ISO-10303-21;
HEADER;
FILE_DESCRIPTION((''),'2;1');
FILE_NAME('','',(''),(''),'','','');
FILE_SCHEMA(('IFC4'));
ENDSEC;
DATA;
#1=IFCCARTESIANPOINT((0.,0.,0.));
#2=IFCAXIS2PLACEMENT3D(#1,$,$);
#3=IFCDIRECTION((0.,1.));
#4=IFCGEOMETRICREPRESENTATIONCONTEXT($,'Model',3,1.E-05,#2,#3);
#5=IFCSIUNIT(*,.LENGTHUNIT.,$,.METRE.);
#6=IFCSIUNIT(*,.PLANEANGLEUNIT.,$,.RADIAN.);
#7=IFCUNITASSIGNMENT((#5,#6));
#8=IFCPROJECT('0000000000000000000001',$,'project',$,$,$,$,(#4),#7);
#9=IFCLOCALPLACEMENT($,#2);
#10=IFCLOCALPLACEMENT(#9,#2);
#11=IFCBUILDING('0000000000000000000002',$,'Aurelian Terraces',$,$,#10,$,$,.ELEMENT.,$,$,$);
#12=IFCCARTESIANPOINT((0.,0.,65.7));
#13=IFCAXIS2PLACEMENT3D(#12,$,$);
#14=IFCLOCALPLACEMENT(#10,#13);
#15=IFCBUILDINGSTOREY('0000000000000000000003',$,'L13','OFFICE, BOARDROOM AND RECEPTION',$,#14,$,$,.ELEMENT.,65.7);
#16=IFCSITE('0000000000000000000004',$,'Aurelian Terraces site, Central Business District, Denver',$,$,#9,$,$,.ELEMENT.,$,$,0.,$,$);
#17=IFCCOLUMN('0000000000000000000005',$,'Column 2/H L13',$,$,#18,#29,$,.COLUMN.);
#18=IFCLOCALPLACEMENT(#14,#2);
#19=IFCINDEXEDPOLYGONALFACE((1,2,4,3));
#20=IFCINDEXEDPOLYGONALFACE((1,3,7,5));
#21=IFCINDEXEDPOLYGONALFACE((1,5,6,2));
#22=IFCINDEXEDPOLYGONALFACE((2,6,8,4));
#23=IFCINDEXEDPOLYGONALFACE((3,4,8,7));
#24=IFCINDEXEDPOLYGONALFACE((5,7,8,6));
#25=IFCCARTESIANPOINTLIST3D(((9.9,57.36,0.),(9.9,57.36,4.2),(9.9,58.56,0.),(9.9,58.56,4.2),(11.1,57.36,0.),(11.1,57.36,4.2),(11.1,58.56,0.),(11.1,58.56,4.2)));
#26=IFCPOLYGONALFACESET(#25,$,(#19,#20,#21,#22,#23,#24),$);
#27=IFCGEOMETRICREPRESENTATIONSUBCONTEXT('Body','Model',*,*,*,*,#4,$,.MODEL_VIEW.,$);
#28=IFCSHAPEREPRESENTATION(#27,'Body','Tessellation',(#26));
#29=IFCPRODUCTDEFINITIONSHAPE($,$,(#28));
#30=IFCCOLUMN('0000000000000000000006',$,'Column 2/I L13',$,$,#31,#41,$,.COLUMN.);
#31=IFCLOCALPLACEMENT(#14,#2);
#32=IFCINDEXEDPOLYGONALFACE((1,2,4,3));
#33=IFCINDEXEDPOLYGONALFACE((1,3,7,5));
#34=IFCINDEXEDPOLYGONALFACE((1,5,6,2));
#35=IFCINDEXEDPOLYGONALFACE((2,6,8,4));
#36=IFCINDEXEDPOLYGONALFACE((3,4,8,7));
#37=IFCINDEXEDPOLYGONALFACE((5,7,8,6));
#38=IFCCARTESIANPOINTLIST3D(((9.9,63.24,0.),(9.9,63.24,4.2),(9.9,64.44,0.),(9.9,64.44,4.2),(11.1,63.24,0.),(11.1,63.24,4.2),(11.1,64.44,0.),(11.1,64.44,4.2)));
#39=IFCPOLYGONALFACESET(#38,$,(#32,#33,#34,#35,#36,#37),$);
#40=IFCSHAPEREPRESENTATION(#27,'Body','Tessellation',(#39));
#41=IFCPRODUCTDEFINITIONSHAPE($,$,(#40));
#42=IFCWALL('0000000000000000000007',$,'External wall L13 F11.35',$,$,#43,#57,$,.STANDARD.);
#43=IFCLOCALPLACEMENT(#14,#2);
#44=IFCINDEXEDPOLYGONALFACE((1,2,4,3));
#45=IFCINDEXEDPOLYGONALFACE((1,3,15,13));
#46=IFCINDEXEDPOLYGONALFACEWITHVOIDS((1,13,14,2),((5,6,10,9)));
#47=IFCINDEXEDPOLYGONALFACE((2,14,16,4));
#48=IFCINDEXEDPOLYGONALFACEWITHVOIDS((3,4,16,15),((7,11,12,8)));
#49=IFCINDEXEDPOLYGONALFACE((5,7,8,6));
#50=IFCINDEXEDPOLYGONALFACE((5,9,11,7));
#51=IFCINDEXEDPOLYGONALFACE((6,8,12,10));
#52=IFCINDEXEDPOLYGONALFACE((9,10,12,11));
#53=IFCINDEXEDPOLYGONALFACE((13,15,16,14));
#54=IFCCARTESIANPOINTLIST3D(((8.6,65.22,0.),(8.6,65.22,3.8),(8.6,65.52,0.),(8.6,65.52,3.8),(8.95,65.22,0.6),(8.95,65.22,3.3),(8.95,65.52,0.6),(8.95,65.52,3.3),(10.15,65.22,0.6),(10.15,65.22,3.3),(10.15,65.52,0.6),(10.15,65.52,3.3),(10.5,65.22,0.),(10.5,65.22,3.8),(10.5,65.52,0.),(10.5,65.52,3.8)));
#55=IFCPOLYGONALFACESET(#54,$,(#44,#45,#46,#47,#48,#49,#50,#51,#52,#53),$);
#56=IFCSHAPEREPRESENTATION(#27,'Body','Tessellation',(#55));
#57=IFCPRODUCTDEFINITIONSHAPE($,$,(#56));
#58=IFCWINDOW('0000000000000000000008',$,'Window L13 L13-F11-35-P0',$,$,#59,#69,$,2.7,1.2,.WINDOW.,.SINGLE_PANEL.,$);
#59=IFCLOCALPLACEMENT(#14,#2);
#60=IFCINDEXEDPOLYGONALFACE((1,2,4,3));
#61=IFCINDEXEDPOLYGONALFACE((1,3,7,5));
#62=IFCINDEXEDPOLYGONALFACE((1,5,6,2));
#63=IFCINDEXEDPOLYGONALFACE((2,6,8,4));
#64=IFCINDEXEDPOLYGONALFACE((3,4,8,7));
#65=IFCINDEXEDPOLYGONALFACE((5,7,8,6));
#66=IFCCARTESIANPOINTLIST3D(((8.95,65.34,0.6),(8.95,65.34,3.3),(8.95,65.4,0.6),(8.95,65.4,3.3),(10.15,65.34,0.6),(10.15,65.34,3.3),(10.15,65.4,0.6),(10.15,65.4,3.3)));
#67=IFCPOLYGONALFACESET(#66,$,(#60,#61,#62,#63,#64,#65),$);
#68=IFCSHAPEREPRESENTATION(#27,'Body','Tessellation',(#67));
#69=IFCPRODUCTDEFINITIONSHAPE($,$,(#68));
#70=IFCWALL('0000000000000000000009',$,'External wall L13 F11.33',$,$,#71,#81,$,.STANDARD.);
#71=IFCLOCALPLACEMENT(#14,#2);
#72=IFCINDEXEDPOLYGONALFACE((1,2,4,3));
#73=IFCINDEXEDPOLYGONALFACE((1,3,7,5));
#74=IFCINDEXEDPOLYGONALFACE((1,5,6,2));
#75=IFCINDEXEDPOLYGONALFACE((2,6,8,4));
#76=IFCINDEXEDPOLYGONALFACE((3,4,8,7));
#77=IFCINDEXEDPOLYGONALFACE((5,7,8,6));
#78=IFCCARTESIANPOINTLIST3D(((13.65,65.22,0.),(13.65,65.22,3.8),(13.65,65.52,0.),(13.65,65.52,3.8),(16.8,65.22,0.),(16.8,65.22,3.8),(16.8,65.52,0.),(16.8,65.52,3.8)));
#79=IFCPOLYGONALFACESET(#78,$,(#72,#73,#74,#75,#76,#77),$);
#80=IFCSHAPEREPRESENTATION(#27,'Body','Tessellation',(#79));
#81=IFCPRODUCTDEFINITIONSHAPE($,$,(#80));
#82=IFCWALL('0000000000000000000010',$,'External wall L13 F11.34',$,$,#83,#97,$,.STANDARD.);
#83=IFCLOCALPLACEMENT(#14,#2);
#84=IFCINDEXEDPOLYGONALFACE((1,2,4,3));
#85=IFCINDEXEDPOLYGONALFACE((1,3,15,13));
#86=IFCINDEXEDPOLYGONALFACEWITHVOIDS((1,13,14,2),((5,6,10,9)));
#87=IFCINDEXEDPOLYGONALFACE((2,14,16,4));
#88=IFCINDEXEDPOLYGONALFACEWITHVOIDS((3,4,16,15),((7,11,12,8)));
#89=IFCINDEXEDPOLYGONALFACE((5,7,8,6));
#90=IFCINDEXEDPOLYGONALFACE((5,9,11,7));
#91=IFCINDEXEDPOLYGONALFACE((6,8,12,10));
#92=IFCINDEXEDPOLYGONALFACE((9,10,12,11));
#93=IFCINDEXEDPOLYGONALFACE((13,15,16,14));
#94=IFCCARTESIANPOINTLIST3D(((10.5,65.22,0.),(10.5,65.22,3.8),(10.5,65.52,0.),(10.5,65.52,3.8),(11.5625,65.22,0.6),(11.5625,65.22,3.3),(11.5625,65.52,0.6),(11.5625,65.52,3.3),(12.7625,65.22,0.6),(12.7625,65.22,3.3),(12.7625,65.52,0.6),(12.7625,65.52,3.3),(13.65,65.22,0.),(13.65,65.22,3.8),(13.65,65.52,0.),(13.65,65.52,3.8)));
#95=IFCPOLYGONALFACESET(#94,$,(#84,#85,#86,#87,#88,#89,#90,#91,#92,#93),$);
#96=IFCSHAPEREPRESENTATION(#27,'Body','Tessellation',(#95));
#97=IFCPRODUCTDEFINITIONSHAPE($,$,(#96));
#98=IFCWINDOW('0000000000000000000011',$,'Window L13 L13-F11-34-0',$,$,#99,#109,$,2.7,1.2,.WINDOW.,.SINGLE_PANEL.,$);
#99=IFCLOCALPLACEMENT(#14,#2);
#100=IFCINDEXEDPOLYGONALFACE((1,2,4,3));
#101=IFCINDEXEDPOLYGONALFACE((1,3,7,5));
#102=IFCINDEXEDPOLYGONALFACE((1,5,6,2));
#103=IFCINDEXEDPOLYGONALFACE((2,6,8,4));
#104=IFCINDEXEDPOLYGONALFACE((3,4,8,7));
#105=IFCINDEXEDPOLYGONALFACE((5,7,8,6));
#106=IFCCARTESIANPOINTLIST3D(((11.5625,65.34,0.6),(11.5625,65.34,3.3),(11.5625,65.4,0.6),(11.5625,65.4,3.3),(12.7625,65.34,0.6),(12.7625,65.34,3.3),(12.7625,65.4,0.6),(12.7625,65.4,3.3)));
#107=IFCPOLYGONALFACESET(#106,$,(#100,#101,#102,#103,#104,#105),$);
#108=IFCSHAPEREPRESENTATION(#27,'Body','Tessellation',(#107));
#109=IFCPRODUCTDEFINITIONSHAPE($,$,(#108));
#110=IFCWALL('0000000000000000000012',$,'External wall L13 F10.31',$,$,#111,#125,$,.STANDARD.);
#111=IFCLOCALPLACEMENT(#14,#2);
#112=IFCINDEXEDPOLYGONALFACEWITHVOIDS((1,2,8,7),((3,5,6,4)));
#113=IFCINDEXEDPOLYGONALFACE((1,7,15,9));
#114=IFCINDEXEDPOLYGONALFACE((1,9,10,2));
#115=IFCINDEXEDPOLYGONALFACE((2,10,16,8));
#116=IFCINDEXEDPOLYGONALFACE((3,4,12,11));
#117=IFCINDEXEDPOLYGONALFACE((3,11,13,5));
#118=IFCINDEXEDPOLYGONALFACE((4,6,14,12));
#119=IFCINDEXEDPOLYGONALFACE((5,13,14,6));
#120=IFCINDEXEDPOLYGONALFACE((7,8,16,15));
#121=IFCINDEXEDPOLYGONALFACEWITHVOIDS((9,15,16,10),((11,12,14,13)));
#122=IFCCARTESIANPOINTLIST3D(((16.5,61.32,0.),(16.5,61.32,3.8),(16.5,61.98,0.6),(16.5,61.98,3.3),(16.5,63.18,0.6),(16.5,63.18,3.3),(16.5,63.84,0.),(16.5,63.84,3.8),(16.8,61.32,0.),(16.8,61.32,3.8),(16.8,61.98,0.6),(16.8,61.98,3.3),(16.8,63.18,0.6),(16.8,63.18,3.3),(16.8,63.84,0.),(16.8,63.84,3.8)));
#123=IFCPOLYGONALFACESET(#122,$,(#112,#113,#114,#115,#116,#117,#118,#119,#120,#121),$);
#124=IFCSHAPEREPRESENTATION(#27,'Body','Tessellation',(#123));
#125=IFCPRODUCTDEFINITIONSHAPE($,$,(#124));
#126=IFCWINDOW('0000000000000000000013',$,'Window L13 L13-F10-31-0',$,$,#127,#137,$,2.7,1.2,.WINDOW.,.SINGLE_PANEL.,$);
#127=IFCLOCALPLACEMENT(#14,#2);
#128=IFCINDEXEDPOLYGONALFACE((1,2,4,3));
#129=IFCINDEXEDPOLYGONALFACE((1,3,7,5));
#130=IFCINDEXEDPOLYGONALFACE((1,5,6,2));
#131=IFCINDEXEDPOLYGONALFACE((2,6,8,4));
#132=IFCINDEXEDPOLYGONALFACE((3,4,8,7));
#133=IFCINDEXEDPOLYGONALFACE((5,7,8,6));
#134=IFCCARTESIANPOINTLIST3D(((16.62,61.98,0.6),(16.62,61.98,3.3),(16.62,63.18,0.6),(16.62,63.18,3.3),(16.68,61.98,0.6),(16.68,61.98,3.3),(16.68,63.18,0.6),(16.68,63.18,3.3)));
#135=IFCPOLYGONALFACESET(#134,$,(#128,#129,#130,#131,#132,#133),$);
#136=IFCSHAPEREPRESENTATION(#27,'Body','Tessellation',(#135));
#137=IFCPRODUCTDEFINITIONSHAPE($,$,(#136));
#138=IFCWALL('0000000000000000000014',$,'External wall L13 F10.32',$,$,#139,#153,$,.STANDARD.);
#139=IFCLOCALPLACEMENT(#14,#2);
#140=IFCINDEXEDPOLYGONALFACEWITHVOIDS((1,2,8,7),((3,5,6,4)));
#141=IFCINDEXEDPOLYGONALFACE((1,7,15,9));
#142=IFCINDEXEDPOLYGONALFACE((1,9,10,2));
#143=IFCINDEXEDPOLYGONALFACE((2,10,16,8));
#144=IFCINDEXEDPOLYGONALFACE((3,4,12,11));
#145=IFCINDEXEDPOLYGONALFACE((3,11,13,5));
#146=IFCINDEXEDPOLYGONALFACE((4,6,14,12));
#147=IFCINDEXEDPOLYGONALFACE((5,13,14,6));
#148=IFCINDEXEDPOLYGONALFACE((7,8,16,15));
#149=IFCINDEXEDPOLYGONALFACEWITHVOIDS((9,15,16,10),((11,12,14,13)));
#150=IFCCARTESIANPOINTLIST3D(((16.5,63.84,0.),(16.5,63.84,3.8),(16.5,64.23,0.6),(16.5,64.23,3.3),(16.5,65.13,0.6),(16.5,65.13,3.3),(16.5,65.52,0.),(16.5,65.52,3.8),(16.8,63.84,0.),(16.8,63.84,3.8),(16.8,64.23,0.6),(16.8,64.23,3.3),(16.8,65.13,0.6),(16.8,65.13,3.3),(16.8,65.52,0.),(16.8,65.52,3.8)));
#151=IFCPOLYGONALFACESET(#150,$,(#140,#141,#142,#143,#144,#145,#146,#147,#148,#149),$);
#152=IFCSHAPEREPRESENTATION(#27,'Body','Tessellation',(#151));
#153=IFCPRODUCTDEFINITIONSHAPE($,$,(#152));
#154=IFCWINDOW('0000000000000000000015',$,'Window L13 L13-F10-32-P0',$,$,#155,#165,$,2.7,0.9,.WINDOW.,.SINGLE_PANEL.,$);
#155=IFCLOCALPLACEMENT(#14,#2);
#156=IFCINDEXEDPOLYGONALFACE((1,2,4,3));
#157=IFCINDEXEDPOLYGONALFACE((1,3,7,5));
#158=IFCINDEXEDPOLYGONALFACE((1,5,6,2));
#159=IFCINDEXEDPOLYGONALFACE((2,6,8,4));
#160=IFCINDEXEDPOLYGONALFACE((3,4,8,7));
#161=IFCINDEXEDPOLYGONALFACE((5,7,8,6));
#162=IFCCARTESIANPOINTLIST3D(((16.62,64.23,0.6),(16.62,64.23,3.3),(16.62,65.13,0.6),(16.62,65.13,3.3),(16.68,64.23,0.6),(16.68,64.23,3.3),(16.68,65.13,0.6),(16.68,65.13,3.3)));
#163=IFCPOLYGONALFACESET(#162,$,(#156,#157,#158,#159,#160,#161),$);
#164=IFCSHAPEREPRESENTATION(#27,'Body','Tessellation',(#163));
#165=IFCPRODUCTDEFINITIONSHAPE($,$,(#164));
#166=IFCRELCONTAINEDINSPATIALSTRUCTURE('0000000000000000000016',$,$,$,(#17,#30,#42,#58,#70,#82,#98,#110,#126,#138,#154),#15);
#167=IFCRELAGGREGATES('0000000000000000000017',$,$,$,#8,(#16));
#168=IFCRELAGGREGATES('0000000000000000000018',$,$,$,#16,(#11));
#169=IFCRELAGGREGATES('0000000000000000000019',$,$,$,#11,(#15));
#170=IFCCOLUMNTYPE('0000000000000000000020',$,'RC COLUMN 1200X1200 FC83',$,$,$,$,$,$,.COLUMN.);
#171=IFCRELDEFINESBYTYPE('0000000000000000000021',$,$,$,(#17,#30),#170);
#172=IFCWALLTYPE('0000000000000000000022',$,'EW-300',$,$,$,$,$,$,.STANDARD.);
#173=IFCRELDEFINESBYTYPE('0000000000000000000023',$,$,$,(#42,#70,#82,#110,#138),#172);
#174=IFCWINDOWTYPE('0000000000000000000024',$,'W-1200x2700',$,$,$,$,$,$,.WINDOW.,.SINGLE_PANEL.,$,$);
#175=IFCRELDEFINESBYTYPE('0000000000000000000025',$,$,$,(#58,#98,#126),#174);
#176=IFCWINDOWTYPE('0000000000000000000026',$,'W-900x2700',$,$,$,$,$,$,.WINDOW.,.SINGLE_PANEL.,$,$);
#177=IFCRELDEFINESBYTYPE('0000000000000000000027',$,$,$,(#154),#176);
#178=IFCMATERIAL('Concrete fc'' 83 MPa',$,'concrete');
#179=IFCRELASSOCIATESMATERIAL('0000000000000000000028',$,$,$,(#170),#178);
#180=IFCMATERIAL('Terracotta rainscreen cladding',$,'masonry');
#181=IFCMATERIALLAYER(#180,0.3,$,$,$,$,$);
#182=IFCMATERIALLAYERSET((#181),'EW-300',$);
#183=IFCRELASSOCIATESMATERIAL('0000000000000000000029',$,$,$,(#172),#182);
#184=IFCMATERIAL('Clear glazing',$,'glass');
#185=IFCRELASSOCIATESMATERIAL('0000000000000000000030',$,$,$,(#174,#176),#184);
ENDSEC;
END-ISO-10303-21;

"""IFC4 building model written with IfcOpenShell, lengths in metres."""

from ifc_helpers import new_model, si_unit, direction, frame, frame_2d, origin, origin_2d, place, context, subcontext, project, spatial, rectangle, extrude, source, transform, mapped, material, layer, layer_set, material_profile, profile_set, type_object, element, fill, save


model = new_model("IFC4")

# Units and contexts
model_context = context("Model", 3, precision=1e-05, world=origin(), true_north=direction((0.0, 1.0)))
body_context = subcontext(model_context, "Body", "Model", "MODEL_VIEW")
ifc_project = project(units=[si_unit("LENGTHUNIT", "METRE"), si_unit("PLANEANGLEUNIT", "RADIAN")], contexts=[model_context])

# Site, building, storey
site_placement = place(None, origin())
site = spatial("IfcSite", under=ifc_project, at=site_placement, Name="Aurelian Terraces site, Central Business District, Denver", CompositionType="ELEMENT", RefElevation=0.0)
building_placement = place(site_placement, origin())
building = spatial("IfcBuilding", under=site, at=building_placement, Name="Aurelian Terraces", CompositionType="ELEMENT")
storey_placement = place(building_placement, frame((0.0, 0.0, 65.7)))
storey = spatial("IfcBuildingStorey", under=building, at=storey_placement, Name="L13", Description="OFFICE, BOARDROOM AND RECEPTION", CompositionType="ELEMENT", Elevation=65.7)

# Columns
ifc_material_1 = material(Name="Concrete fc' 83 MPa", Category="concrete")
ifc_material_profile = material_profile(ifc_material_1, rectangle(XDim=1.2, YDim=1.2, at=origin_2d()))
ifc_profile_set = profile_set([ifc_material_profile], Name="Concrete fc' 83 MPa")
column_type = type_object("IfcColumnType", Name="RC COLUMN 1200X1200 FC83", PredefinedType="COLUMN", material=ifc_profile_set)
shared_shape_1 = source(origin(), body_context, "Body", "SweptSolid", [
    extrude(rectangle(XDim=1.2, YDim=1.2, at=origin_2d()), origin(), (0.0, 0.0, 1.0), 4.2),
])
for number, where, z_axis, x_axis, name in (
    (1, (10.5, 57.96, 0.0), (0.0, 0.0, 1.0), (1.0, 0.0, 0.0), "Column 2/H L13"),
    (2, (10.5, 63.84, 0.0), (0.0, 0.0, 1.0), (1.0, 0.0, 0.0), "Column 2/I L13"),
):
    element("IfcColumn", number, at=place(storey_placement, frame(where, z_axis=z_axis, x_axis=x_axis)), inside=storey, type_object=column_type, Name=name, PredefinedType="COLUMN", context=body_context, shape_type="MappedRepresentation", body=[
        mapped(shared_shape_1, transform((0.0, 0.0, 0.0), scale=1.0)),
    ])

# Wall, opening, window
ifc_material_2 = material(Name="Terracotta rainscreen cladding", Category="masonry")
ifc_layer_1 = layer(ifc_material_2, 0.3)
ifc_layer_set_1 = layer_set([ifc_layer_1], Name="EW-300")
wall_type_1 = type_object("IfcWallType", Name="EW-300", PredefinedType="STANDARD", material=ifc_layer_set_1)
wall_1_placement = place(storey_placement, frame((10.5, 65.37, 0.0), z_axis=(0.0, 0.0, 1.0), x_axis=(-1.0, 0.0, 0.0)))
wall_1 = element("IfcWall", 3, at=wall_1_placement, inside=storey, type_object=wall_type_1, Name="External wall L13 F11.35", PredefinedType="STANDARD", context=body_context, shape_type="SweptSolid", body=[
    extrude(rectangle(XDim=1.9, YDim=0.3, at=frame_2d((0.95, 0.0))), origin(), (0.0, 0.0, 1.0), 3.8),
])
shared_shape_2 = source(origin(), body_context, "Body", "SweptSolid", [
    extrude(rectangle(XDim=1.2, YDim=2.7, at=frame_2d((0.6, 1.35))), frame((0.0, 0.16, 0.0), z_axis=(0.0, -1.0, 0.0), x_axis=(1.0, 0.0, 0.0)), (0.0, 0.0, 1.0), 0.32),
])
opening_1_placement = place(wall_1_placement, frame((0.35, 0.0, 0.6)))
opening_1 = element("IfcOpeningElement", 4, at=opening_1_placement, cuts=wall_1, PredefinedType="OPENING", context=body_context, shape_type="MappedRepresentation", body=[
    mapped(shared_shape_2, transform((0.0, 0.0, 0.0), scale=1.0)),
])
ifc_material_3 = material(Name="Clear glazing", Category="glass")
window_type_1 = type_object("IfcWindowType", Name="W-1200x2700", PartitioningType="SINGLE_PANEL", PredefinedType="WINDOW", material=ifc_material_3)
shared_shape_3 = source(origin(), body_context, "Body", "SweptSolid", [
    extrude(rectangle(XDim=1.2, YDim=2.7, at=frame_2d((0.6, 1.35))), frame((0.0, 0.03, 0.0), z_axis=(0.0, -1.0, 0.0), x_axis=(1.0, 0.0, 0.0)), (0.0, 0.0, 1.0), 0.06),
])
window_1_placement = place(opening_1_placement, origin())
window_1 = element("IfcWindow", 5, at=window_1_placement, inside=storey, type_object=window_type_1, Name="Window L13 L13-F11-35-P0", OverallHeight=2.7, OverallWidth=1.2, PartitioningType="SINGLE_PANEL", PredefinedType="WINDOW", context=body_context, shape_type="MappedRepresentation", body=[
    mapped(shared_shape_3, transform((0.0, 0.0, 0.0), scale=1.0)),
])
fill(opening_1, window_1)

# Wall
shared_shape_4 = source(origin(), body_context, "Body", "SweptSolid", [
    extrude(rectangle(XDim=3.15, YDim=0.3, at=frame_2d((1.575, 0.0))), origin(), (0.0, 0.0, 1.0), 3.8),
])
wall_2_placement = place(storey_placement, frame((16.8, 65.37, 0.0), z_axis=(0.0, 0.0, 1.0), x_axis=(-1.0, 0.0, 0.0)))
element("IfcWall", 6, at=wall_2_placement, inside=storey, type_object=wall_type_1, Name="External wall L13 F11.33", PredefinedType="STANDARD", context=body_context, shape_type="MappedRepresentation", body=[
    mapped(shared_shape_4, transform((0.0, 0.0, 0.0), scale=1.0)),
])

# Walls, openings, windows
wall_3_placement = place(storey_placement, frame((13.65, 65.37, 0.0), z_axis=(0.0, 0.0, 1.0), x_axis=(-1.0, 0.0, 0.0)))
wall_3 = element("IfcWall", 7, at=wall_3_placement, inside=storey, type_object=wall_type_1, Name="External wall L13 F11.34", PredefinedType="STANDARD", context=body_context, shape_type="MappedRepresentation", body=[
    mapped(shared_shape_4, transform((0.0, 0.0, 0.0), scale=1.0)),
])
opening_2_placement = place(wall_3_placement, frame((0.8875, 0.0, 0.6)))
opening_2 = element("IfcOpeningElement", 8, at=opening_2_placement, cuts=wall_3, PredefinedType="OPENING", context=body_context, shape_type="MappedRepresentation", body=[
    mapped(shared_shape_2, transform((0.0, 0.0, 0.0), scale=1.0)),
])
window_2_placement = place(opening_2_placement, origin())
window_2 = element("IfcWindow", 9, at=window_2_placement, inside=storey, type_object=window_type_1, Name="Window L13 L13-F11-34-0", OverallHeight=2.7, OverallWidth=1.2, PartitioningType="SINGLE_PANEL", PredefinedType="WINDOW", context=body_context, shape_type="MappedRepresentation", body=[
    mapped(shared_shape_3, transform((0.0, 0.0, 0.0), scale=1.0)),
])
fill(opening_2, window_2)
shared_shape_5 = source(origin(), body_context, "Body", "SweptSolid", [
    extrude(rectangle(XDim=2.52, YDim=0.3, at=frame_2d((1.26, 0.0))), origin(), (0.0, 0.0, 1.0), 3.8),
])
wall_4_placement = place(storey_placement, frame((16.65, 61.32, 0.0), z_axis=(0.0, 0.0, 1.0), x_axis=(0.0, 1.0, 0.0)))
wall_4 = element("IfcWall", 10, at=wall_4_placement, inside=storey, type_object=wall_type_1, Name="External wall L13 F10.31", PredefinedType="STANDARD", context=body_context, shape_type="MappedRepresentation", body=[
    mapped(shared_shape_5, transform((0.0, 0.0, 0.0), scale=1.0)),
])
opening_3_placement = place(wall_4_placement, frame((0.66, 0.0, 0.6)))
opening_3 = element("IfcOpeningElement", 11, at=opening_3_placement, cuts=wall_4, PredefinedType="OPENING", context=body_context, shape_type="MappedRepresentation", body=[
    mapped(shared_shape_2, transform((0.0, 0.0, 0.0), scale=1.0)),
])
window_3_placement = place(opening_3_placement, origin())
window_3 = element("IfcWindow", 12, at=window_3_placement, inside=storey, type_object=window_type_1, Name="Window L13 L13-F10-31-0", OverallHeight=2.7, OverallWidth=1.2, PartitioningType="SINGLE_PANEL", PredefinedType="WINDOW", context=body_context, shape_type="MappedRepresentation", body=[
    mapped(shared_shape_3, transform((0.0, 0.0, 0.0), scale=1.0)),
])
fill(opening_3, window_3)
shared_shape_6 = source(origin(), body_context, "Body", "SweptSolid", [
    extrude(rectangle(XDim=1.68, YDim=0.3, at=frame_2d((0.84, 0.0))), origin(), (0.0, 0.0, 1.0), 3.8),
])
wall_5_placement = place(storey_placement, frame((16.65, 63.84, 0.0), z_axis=(0.0, 0.0, 1.0), x_axis=(0.0, 1.0, 0.0)))
wall_5 = element("IfcWall", 13, at=wall_5_placement, inside=storey, type_object=wall_type_1, Name="External wall L13 F10.32", PredefinedType="STANDARD", context=body_context, shape_type="MappedRepresentation", body=[
    mapped(shared_shape_6, transform((0.0, 0.0, 0.0), scale=1.0)),
])
shared_shape_7 = source(origin(), body_context, "Body", "SweptSolid", [
    extrude(rectangle(XDim=0.9, YDim=2.7, at=frame_2d((0.45, 1.35))), frame((0.0, 0.16, 0.0), z_axis=(0.0, -1.0, 0.0), x_axis=(1.0, 0.0, 0.0)), (0.0, 0.0, 1.0), 0.32),
])
opening_4_placement = place(wall_5_placement, frame((0.39, 0.0, 0.6)))
opening_4 = element("IfcOpeningElement", 14, at=opening_4_placement, cuts=wall_5, PredefinedType="OPENING", context=body_context, shape_type="MappedRepresentation", body=[
    mapped(shared_shape_7, transform((0.0, 0.0, 0.0), scale=1.0)),
])
window_type_2 = type_object("IfcWindowType", Name="W-900x2700", PartitioningType="SINGLE_PANEL", PredefinedType="WINDOW", material=ifc_material_3)
shared_shape_8 = source(origin(), body_context, "Body", "SweptSolid", [
    extrude(rectangle(XDim=0.9, YDim=2.7, at=frame_2d((0.45, 1.35))), frame((0.0, 0.03, 0.0), z_axis=(0.0, -1.0, 0.0), x_axis=(1.0, 0.0, 0.0)), (0.0, 0.0, 1.0), 0.06),
])
window_4_placement = place(opening_4_placement, origin())
window_4 = element("IfcWindow", 15, at=window_4_placement, inside=storey, type_object=window_type_2, Name="Window L13 L13-F10-32-P0", OverallHeight=2.7, OverallWidth=0.9, PartitioningType="SINGLE_PANEL", PredefinedType="WINDOW", context=body_context, shape_type="MappedRepresentation", body=[
    mapped(shared_shape_8, transform((0.0, 0.0, 0.0), scale=1.0)),
])
fill(opening_4, window_4)

save(model, "model.ifc")
